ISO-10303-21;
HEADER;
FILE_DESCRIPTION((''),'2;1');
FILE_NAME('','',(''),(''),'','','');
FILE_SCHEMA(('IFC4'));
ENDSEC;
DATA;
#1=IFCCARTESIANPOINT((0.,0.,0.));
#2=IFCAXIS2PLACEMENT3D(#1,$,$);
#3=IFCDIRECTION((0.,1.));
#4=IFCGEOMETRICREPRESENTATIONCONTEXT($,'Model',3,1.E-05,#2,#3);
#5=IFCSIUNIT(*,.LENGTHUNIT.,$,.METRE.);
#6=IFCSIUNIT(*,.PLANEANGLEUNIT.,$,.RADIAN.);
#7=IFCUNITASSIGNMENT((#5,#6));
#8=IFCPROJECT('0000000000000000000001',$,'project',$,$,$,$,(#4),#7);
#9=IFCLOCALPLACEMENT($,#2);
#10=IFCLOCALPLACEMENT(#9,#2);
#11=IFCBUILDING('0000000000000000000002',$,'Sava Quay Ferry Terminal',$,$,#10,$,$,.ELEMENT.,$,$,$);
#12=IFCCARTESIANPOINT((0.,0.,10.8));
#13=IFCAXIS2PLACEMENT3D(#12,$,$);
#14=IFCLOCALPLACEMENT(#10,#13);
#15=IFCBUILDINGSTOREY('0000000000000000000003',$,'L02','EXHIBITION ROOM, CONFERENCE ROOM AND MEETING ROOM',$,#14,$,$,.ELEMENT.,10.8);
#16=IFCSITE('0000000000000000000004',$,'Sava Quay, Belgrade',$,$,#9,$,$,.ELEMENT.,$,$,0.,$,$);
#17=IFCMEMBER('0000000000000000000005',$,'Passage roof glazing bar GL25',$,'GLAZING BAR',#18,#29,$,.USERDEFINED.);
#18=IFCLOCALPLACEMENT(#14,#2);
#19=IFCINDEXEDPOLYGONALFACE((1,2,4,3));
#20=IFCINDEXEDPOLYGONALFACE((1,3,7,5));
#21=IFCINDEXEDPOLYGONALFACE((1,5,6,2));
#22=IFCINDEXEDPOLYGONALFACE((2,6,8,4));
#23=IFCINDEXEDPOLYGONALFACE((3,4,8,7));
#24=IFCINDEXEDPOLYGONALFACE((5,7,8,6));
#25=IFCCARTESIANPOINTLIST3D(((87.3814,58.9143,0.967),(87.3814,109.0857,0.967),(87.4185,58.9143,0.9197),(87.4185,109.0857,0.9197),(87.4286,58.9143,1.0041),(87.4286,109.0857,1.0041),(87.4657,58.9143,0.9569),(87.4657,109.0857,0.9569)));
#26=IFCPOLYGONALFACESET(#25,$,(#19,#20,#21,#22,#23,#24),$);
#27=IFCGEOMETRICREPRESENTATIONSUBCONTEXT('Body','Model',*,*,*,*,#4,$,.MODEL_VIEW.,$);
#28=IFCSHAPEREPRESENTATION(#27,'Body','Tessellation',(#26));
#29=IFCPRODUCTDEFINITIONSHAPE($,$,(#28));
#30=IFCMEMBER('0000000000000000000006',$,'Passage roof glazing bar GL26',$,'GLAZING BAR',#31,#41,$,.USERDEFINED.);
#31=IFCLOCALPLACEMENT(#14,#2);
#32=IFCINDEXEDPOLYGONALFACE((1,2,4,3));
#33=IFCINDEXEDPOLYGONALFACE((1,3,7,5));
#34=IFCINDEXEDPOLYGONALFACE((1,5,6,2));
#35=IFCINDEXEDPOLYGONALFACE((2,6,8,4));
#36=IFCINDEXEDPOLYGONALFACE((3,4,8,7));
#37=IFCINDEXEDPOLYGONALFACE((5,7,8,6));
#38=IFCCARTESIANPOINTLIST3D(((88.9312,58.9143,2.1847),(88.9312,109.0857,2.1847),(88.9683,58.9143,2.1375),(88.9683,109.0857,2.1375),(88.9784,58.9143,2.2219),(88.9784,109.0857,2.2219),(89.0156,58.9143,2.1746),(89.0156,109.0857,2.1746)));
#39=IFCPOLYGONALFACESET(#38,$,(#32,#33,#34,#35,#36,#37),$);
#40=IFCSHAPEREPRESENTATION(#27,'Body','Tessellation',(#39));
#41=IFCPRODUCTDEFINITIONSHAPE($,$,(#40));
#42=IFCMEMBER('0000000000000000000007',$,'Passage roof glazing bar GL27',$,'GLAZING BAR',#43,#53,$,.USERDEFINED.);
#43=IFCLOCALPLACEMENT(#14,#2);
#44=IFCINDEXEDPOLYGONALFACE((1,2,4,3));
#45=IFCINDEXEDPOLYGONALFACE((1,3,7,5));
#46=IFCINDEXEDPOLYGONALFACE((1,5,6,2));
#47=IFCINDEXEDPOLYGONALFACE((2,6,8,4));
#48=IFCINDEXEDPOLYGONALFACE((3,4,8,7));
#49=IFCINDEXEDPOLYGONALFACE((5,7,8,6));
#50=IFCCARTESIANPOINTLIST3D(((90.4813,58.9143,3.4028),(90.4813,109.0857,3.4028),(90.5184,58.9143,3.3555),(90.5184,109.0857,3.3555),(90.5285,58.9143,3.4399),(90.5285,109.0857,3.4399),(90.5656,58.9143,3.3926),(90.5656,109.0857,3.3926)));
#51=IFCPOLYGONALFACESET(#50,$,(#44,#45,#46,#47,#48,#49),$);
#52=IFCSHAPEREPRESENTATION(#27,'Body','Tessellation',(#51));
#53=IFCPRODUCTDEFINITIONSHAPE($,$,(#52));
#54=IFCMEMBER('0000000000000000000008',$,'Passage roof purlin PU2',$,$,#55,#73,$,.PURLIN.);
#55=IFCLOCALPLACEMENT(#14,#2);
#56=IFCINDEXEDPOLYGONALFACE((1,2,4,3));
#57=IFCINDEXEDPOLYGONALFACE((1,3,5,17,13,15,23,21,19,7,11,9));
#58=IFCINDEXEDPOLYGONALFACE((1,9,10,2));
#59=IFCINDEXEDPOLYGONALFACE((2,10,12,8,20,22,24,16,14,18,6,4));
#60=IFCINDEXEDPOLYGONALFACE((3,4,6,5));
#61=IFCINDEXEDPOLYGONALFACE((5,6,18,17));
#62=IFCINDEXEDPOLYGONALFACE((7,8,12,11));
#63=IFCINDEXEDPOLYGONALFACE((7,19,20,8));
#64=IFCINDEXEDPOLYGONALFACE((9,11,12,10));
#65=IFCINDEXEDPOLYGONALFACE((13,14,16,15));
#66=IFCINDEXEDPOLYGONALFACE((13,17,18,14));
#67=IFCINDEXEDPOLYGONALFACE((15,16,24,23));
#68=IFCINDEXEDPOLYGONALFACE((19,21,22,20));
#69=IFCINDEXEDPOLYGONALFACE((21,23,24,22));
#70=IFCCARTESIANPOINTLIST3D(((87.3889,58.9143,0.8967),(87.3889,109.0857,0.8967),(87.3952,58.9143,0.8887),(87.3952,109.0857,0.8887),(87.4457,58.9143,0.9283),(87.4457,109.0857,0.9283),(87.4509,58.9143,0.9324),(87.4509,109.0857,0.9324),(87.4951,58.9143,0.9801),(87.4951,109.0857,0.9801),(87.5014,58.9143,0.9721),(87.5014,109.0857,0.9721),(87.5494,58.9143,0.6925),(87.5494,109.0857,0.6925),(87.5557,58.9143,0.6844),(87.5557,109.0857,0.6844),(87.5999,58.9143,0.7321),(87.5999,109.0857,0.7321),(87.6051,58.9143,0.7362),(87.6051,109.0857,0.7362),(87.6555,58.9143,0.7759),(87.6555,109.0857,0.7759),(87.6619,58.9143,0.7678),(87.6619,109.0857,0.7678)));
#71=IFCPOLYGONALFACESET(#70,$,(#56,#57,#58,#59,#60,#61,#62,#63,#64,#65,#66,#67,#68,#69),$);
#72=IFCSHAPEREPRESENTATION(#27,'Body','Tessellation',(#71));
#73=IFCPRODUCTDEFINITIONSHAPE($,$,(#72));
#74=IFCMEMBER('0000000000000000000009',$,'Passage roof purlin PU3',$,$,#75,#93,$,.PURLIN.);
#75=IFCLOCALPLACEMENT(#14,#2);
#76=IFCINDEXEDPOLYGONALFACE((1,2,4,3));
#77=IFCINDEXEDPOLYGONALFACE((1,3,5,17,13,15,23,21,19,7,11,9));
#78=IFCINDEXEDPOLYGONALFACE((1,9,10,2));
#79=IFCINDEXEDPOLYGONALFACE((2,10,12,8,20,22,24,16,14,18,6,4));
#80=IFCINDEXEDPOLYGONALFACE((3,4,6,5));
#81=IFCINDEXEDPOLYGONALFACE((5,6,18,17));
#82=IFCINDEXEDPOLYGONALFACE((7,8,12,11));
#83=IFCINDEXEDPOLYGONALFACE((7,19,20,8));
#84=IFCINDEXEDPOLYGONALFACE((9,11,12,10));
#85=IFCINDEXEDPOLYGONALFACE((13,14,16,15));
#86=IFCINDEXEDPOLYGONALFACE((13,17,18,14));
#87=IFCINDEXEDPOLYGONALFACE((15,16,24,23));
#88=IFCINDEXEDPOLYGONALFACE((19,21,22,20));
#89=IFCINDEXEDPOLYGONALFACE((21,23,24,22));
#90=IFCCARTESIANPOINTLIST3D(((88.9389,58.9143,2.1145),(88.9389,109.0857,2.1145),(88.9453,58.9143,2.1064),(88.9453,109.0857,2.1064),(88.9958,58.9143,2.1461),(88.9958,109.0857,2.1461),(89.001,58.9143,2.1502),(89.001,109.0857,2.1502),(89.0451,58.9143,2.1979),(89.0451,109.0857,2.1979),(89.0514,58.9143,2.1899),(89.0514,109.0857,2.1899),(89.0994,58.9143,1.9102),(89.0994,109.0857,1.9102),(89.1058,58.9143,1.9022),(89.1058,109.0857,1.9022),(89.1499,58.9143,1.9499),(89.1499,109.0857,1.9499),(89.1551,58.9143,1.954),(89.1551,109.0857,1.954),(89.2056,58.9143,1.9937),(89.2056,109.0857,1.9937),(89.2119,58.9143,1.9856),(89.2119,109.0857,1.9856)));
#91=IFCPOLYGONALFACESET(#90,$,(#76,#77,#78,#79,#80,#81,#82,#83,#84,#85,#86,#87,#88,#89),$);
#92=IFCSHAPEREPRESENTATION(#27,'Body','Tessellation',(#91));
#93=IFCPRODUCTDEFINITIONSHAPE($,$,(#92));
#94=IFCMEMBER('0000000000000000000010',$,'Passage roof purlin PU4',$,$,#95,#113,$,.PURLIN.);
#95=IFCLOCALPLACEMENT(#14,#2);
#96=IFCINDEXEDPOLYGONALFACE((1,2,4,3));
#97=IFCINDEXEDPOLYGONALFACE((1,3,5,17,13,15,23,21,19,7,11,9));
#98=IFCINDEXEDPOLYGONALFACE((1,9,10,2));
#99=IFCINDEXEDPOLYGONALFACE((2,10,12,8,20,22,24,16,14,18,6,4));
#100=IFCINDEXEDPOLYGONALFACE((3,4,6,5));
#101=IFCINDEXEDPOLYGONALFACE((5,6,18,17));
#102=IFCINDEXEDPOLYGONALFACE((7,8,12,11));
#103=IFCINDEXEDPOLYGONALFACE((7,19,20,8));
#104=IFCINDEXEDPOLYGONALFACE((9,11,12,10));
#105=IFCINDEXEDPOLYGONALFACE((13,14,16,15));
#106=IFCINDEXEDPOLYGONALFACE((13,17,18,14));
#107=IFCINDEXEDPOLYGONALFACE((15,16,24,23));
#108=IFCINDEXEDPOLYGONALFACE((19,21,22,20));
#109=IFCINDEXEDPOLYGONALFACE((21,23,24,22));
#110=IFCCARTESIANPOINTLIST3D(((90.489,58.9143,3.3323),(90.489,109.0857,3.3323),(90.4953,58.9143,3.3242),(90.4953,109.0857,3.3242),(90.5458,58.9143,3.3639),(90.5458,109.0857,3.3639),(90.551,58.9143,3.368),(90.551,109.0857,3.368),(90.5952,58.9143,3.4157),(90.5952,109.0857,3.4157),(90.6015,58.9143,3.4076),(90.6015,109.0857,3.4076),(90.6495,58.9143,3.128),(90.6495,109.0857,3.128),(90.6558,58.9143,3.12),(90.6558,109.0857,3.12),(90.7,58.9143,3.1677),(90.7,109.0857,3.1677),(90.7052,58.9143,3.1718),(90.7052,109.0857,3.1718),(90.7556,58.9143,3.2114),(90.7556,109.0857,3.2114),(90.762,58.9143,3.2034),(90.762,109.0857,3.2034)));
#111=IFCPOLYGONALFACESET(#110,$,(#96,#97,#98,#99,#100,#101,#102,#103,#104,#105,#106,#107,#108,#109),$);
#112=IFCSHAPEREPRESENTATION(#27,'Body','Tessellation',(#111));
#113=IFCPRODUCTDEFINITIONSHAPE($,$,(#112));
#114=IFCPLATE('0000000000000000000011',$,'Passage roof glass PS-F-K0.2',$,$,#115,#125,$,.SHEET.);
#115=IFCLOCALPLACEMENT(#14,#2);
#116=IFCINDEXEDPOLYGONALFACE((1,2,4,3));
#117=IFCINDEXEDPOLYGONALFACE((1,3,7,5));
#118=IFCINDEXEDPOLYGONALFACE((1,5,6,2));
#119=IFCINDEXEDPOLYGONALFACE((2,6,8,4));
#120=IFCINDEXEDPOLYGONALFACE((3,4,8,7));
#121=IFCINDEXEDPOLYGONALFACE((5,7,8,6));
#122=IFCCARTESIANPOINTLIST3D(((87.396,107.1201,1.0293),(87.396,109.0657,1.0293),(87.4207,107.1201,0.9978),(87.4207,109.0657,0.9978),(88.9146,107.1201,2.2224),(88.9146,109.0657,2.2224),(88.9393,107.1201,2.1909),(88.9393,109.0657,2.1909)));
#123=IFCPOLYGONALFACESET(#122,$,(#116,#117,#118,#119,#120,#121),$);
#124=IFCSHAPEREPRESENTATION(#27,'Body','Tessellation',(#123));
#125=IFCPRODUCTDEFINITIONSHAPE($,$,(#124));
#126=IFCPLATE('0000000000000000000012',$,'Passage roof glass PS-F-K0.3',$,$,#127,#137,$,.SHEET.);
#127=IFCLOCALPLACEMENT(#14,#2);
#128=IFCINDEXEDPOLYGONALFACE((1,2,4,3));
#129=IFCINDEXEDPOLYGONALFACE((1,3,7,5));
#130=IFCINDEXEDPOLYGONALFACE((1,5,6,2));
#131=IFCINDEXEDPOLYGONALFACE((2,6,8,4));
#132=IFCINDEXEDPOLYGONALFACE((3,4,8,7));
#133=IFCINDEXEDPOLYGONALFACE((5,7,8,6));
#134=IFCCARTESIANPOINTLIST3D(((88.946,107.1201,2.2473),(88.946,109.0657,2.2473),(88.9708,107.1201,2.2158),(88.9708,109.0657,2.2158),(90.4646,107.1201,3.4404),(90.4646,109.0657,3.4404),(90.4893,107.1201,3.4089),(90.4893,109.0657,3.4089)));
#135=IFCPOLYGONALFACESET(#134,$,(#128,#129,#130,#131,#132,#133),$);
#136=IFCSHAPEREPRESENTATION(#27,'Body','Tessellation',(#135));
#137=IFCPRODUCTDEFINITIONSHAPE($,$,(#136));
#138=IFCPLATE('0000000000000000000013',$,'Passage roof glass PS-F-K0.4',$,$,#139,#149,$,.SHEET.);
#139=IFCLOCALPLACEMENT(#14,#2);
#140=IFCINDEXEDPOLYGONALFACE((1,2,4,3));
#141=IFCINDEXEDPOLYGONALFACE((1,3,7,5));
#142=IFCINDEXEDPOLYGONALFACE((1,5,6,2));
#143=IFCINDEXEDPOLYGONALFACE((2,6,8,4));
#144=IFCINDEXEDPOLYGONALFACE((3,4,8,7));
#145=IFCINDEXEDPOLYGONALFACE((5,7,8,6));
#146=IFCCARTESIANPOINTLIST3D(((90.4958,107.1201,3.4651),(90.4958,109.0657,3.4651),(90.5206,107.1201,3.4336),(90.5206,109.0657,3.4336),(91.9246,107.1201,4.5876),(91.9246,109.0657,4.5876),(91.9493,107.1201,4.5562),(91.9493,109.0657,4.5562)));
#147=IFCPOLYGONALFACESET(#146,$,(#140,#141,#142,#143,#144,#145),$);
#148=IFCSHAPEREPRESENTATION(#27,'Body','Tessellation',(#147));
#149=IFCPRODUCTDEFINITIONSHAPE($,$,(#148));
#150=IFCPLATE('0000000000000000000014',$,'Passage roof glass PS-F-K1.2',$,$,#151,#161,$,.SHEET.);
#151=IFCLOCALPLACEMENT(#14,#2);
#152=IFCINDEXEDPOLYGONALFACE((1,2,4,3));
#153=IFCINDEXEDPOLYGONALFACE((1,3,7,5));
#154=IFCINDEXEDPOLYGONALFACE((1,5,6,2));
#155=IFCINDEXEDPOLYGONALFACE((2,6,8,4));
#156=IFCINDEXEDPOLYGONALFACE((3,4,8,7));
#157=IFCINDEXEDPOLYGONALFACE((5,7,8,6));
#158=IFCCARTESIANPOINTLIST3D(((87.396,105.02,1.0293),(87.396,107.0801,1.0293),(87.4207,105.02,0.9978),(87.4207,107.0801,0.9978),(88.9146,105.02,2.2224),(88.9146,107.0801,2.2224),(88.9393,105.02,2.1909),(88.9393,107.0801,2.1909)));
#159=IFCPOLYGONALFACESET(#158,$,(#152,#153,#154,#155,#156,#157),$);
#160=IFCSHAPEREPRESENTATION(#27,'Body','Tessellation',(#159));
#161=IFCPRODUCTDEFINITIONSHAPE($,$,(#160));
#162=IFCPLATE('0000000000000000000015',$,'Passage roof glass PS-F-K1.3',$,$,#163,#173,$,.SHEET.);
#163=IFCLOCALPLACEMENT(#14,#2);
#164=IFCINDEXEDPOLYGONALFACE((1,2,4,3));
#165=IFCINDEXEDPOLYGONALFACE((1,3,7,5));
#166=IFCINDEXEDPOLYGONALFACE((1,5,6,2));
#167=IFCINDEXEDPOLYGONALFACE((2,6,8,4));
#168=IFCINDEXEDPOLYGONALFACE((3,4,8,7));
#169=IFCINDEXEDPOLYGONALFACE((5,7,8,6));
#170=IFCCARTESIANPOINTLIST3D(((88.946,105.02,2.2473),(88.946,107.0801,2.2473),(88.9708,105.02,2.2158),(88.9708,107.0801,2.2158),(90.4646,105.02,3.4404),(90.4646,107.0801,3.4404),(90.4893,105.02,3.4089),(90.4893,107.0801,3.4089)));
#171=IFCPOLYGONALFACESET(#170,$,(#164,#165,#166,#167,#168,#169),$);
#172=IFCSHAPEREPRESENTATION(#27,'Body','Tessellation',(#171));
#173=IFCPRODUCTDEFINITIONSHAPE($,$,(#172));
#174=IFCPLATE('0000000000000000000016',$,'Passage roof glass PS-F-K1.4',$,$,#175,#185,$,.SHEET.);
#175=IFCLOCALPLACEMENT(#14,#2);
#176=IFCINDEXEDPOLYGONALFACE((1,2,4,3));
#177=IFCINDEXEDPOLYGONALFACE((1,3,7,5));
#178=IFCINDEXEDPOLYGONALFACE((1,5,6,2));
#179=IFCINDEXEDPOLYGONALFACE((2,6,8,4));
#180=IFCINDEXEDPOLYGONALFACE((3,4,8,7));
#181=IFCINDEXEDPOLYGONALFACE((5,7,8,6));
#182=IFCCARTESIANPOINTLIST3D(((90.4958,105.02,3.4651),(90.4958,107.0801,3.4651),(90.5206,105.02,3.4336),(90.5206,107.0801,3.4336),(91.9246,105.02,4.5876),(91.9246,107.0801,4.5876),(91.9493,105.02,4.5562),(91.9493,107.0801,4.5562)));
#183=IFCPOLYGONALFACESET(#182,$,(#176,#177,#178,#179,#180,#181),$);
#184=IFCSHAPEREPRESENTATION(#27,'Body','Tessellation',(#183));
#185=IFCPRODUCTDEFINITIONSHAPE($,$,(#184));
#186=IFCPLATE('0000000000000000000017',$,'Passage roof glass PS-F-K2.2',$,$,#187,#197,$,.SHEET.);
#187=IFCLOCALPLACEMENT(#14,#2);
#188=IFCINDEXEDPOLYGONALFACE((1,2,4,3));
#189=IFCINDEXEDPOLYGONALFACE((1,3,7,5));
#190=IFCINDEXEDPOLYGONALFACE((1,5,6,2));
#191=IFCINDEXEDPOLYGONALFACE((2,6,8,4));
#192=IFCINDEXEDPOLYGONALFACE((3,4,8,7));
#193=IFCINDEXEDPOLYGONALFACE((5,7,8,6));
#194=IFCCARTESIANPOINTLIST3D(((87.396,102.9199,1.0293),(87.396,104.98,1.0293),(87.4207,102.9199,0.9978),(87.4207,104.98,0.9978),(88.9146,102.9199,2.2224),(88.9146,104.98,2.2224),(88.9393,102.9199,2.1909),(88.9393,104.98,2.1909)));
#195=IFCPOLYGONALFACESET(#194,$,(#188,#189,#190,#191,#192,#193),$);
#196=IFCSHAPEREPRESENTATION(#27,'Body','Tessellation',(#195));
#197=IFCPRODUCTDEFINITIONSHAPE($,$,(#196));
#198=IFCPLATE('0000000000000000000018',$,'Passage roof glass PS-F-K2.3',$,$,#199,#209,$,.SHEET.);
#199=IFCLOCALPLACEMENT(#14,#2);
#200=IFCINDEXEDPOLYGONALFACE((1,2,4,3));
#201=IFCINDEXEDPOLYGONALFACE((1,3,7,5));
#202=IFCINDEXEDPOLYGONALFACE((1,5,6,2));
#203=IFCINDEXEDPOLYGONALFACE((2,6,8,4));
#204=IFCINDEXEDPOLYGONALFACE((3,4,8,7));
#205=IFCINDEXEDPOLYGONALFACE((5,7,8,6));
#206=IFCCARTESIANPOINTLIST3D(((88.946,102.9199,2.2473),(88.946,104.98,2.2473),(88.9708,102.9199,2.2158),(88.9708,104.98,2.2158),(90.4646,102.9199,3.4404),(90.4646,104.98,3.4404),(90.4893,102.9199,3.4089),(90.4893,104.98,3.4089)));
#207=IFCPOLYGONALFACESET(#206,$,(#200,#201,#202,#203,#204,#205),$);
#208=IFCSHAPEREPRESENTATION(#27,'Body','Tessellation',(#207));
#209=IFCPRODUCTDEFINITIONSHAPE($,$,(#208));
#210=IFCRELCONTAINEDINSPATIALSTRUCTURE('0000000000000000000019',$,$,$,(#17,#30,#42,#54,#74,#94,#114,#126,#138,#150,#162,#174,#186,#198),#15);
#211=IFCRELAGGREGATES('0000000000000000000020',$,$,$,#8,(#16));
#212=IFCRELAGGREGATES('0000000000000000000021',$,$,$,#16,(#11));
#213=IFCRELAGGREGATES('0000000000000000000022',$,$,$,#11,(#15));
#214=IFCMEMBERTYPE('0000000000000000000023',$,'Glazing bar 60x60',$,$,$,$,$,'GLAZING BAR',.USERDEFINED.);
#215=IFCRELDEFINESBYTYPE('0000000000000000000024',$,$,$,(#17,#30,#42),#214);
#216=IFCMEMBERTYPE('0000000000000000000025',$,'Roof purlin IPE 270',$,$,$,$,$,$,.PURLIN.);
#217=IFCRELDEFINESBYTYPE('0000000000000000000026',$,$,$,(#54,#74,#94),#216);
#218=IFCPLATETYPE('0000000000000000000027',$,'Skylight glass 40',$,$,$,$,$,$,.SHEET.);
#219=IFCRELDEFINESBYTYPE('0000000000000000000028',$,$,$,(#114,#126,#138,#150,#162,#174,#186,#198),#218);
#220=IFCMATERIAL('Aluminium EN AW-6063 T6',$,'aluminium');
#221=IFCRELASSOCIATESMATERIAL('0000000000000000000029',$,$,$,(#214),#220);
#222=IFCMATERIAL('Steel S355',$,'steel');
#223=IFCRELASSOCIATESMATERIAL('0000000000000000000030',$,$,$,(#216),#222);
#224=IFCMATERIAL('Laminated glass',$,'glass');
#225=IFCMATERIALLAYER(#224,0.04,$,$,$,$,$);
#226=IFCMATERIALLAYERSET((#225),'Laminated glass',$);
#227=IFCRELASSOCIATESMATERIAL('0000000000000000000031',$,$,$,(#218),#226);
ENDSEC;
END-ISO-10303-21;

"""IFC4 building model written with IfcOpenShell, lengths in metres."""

from ifc_helpers import new_model, si_unit, direction, frame, origin, origin_2d, place, context, subcontext, project, spatial, polyline, rectangle, i_section, outline, extrude, material, layer, layer_set, material_profile, profile_set, type_object, element, save


model = new_model("IFC4")

# Units and contexts
model_context = context("Model", 3, precision=1e-05, world=origin(), true_north=direction((0.0, 1.0)))
body_context = subcontext(model_context, "Body", "Model", "MODEL_VIEW")
ifc_project = project(units=[si_unit("LENGTHUNIT", "METRE"), si_unit("PLANEANGLEUNIT", "RADIAN")], contexts=[model_context])

# Site, building, storey
site_placement = place(None, origin())
site = spatial("IfcSite", under=ifc_project, at=site_placement, Name="Sava Quay, Belgrade", CompositionType="ELEMENT", RefElevation=0.0)
building_placement = place(site_placement, origin())
building = spatial("IfcBuilding", under=site, at=building_placement, Name="Sava Quay Ferry Terminal", CompositionType="ELEMENT")
storey_placement = place(building_placement, frame((0.0, 0.0, 10.8)))
storey = spatial("IfcBuildingStorey", under=building, at=storey_placement, Name="L02", Description="EXHIBITION ROOM, CONFERENCE ROOM AND MEETING ROOM", CompositionType="ELEMENT", Elevation=10.8)

# Members
ifc_material_1 = material(Name="Aluminium EN AW-6063 T6", Category="aluminium")
ifc_material_profile_1 = material_profile(ifc_material_1, rectangle(XDim=0.0601, YDim=0.0601, at=origin_2d()), Name="Bar 60 x 60")
ifc_profile_set_1 = profile_set([ifc_material_profile_1], Name="Aluminium EN AW-6063 T6")
member_type_1 = type_object("IfcMemberType", Name="Glazing bar 60x60", ElementType="GLAZING BAR", PredefinedType="USERDEFINED", material=ifc_profile_set_1)
for number, where, z_axis, x_axis, name in (
    (1, (87.4236, 109.0857, 0.9619), (0.0, -1.0, 0.0), (0.786318, 0.0, 0.617822), "Passage roof glazing bar GL25"),
    (2, (88.9734, 109.0857, 2.1797), (0.0, -1.0, 0.0), (0.786318, 0.0, 0.617822), "Passage roof glazing bar GL26"),
    (3, (90.5234, 109.0857, 3.3977), (0.0, -1.0, 0.0), (0.786318, 0.0, 0.617822), "Passage roof glazing bar GL27"),
):
    element("IfcMember", number, at=place(storey_placement, frame(where, z_axis=z_axis, x_axis=x_axis)), inside=storey, type_object=member_type_1, Name=name, ObjectType="GLAZING BAR", PredefinedType="USERDEFINED", context=body_context, shape_type="SweptSolid", body=[
        extrude(rectangle(XDim=0.0601, YDim=0.0601, at=origin_2d()), origin(), (0.0, 0.0, 1.0), 50.1714),
    ])
ifc_material_2 = material(Name="Steel S355", Category="steel")
ifc_material_profile_2 = material_profile(ifc_material_2, i_section(OverallWidth=0.135, OverallDepth=0.27, WebThickness=0.0066, FlangeThickness=0.0103, at=origin_2d()), Name="IPE 270")
ifc_profile_set_2 = profile_set([ifc_material_profile_2], Name="Steel S355")
member_type_2 = type_object("IfcMemberType", Name="Roof purlin IPE 270", PredefinedType="PURLIN", material=ifc_profile_set_2)
for number, where, z_axis, x_axis, name in (
    (4, (87.5254, 109.0857, 0.8323), (0.0, -1.0, 0.0), (0.786318, 0.0, 0.617822), "Passage roof purlin PU2"),
    (5, (89.0754, 109.0857, 2.05), (0.0, -1.0, 0.0), (0.786318, 0.0, 0.617822), "Passage roof purlin PU3"),
    (6, (90.6255, 109.0857, 3.2678), (0.0, -1.0, 0.0), (0.786318, 0.0, 0.617822), "Passage roof purlin PU4"),
):
    element("IfcMember", number, at=place(storey_placement, frame(where, z_axis=z_axis, x_axis=x_axis)), inside=storey, type_object=member_type_2, Name=name, PredefinedType="PURLIN", context=body_context, shape_type="SweptSolid", body=[
        extrude(i_section(OverallWidth=0.135, OverallDepth=0.27, WebThickness=0.0066, FlangeThickness=0.0103, at=origin_2d()), origin(), (0.0, 0.0, 1.0), 50.1714),
    ])

# Plates
ifc_material_3 = material(Name="Laminated glass", Category="glass")
ifc_layer_1 = layer(ifc_material_3, 0.04)
ifc_layer_set_1 = layer_set([ifc_layer_1], Name="Laminated glass")
plate_type = type_object("IfcPlateType", Name="Skylight glass 40", PredefinedType="SHEET", material=ifc_layer_set_1)
for number, where, z_axis, x_axis, name in (
    (7, (88.9146, 107.1201, 2.2224), (-0.61781, 0.0, 0.786327), (-0.786327, 0.0, -0.61781), "Passage roof glass PS-F-K0.2"),
    (8, (90.4646, 107.1201, 3.4404), (-0.61781, 0.0, 0.786327), (-0.786327, 0.0, -0.61781), "Passage roof glass PS-F-K0.3"),
):
    element("IfcPlate", number, at=place(storey_placement, frame(where, z_axis=z_axis, x_axis=x_axis)), inside=storey, type_object=plate_type, Name=name, PredefinedType="SHEET", context=body_context, shape_type="SweptSolid", body=[
        extrude(outline(polyline([(0.0, 0.0), (1.9312, 0.0), (1.9312, -1.9456), (0.0, -1.9456), (0.0, 0.0)])), origin(), (0.0, 0.0, -1.0), 0.04),
    ])
plate_1_placement = place(storey_placement, frame((90.4958, 107.1201, 3.4651), z_axis=(-0.617822, 0.0, 0.786318), x_axis=(0.0, 1.0, 0.0)))
element("IfcPlate", 9, at=plate_1_placement, inside=storey, type_object=plate_type, Name="Passage roof glass PS-F-K0.4", PredefinedType="SHEET", context=body_context, shape_type="SweptSolid", body=[
    extrude(outline(polyline([(0.0, 0.0), (1.9456, 0.0), (1.9456, -1.817), (0.0, -1.817), (0.0, 0.0)])), origin(), (0.0, 0.0, -1.0), 0.04),
])
for number, where, z_axis, x_axis, name in (
    (10, (87.396, 107.0801, 1.0293), (-0.61781, 0.0, 0.786327), (0.786327, 0.0, 0.61781), "Passage roof glass PS-F-K1.2"),
    (11, (88.946, 107.0801, 2.2473), (-0.61781, 0.0, 0.786327), (0.786327, 0.0, 0.61781), "Passage roof glass PS-F-K1.3"),
):
    element("IfcPlate", number, at=place(storey_placement, frame(where, z_axis=z_axis, x_axis=x_axis)), inside=storey, type_object=plate_type, Name=name, PredefinedType="SHEET", context=body_context, shape_type="SweptSolid", body=[
        extrude(outline(polyline([(0.0, 0.0), (1.9312, 0.0), (1.9312, -2.0601), (0.0, -2.0601), (0.0, 0.0)])), origin(), (0.0, 0.0, -1.0), 0.04),
    ])
plate_2_placement = place(storey_placement, frame((90.4958, 105.02, 3.4651), z_axis=(-0.617822, 0.0, 0.786318), x_axis=(0.0, 1.0, 0.0)))
element("IfcPlate", 12, at=plate_2_placement, inside=storey, type_object=plate_type, Name="Passage roof glass PS-F-K1.4", PredefinedType="SHEET", context=body_context, shape_type="SweptSolid", body=[
    extrude(outline(polyline([(0.0, 0.0), (2.0601, 0.0), (2.0601, -1.817), (0.0, -1.817), (0.0, 0.0)])), origin(), (0.0, 0.0, -1.0), 0.04),
])
for number, where, z_axis, x_axis, name in (
    (13, (87.396, 104.98, 1.0293), (-0.61781, 0.0, 0.786327), (0.786327, 0.0, 0.61781), "Passage roof glass PS-F-K2.2"),
    (14, (88.946, 104.98, 2.2473), (-0.61781, 0.0, 0.786327), (0.786327, 0.0, 0.61781), "Passage roof glass PS-F-K2.3"),
):
    element("IfcPlate", number, at=place(storey_placement, frame(where, z_axis=z_axis, x_axis=x_axis)), inside=storey, type_object=plate_type, Name=name, PredefinedType="SHEET", context=body_context, shape_type="SweptSolid", body=[
        extrude(outline(polyline([(0.0, 0.0), (1.9312, 0.0), (1.9312, -2.0601), (0.0, -2.0601), (0.0, 0.0)])), origin(), (0.0, 0.0, -1.0), 0.04),
    ])

save(model, "model.ifc")
